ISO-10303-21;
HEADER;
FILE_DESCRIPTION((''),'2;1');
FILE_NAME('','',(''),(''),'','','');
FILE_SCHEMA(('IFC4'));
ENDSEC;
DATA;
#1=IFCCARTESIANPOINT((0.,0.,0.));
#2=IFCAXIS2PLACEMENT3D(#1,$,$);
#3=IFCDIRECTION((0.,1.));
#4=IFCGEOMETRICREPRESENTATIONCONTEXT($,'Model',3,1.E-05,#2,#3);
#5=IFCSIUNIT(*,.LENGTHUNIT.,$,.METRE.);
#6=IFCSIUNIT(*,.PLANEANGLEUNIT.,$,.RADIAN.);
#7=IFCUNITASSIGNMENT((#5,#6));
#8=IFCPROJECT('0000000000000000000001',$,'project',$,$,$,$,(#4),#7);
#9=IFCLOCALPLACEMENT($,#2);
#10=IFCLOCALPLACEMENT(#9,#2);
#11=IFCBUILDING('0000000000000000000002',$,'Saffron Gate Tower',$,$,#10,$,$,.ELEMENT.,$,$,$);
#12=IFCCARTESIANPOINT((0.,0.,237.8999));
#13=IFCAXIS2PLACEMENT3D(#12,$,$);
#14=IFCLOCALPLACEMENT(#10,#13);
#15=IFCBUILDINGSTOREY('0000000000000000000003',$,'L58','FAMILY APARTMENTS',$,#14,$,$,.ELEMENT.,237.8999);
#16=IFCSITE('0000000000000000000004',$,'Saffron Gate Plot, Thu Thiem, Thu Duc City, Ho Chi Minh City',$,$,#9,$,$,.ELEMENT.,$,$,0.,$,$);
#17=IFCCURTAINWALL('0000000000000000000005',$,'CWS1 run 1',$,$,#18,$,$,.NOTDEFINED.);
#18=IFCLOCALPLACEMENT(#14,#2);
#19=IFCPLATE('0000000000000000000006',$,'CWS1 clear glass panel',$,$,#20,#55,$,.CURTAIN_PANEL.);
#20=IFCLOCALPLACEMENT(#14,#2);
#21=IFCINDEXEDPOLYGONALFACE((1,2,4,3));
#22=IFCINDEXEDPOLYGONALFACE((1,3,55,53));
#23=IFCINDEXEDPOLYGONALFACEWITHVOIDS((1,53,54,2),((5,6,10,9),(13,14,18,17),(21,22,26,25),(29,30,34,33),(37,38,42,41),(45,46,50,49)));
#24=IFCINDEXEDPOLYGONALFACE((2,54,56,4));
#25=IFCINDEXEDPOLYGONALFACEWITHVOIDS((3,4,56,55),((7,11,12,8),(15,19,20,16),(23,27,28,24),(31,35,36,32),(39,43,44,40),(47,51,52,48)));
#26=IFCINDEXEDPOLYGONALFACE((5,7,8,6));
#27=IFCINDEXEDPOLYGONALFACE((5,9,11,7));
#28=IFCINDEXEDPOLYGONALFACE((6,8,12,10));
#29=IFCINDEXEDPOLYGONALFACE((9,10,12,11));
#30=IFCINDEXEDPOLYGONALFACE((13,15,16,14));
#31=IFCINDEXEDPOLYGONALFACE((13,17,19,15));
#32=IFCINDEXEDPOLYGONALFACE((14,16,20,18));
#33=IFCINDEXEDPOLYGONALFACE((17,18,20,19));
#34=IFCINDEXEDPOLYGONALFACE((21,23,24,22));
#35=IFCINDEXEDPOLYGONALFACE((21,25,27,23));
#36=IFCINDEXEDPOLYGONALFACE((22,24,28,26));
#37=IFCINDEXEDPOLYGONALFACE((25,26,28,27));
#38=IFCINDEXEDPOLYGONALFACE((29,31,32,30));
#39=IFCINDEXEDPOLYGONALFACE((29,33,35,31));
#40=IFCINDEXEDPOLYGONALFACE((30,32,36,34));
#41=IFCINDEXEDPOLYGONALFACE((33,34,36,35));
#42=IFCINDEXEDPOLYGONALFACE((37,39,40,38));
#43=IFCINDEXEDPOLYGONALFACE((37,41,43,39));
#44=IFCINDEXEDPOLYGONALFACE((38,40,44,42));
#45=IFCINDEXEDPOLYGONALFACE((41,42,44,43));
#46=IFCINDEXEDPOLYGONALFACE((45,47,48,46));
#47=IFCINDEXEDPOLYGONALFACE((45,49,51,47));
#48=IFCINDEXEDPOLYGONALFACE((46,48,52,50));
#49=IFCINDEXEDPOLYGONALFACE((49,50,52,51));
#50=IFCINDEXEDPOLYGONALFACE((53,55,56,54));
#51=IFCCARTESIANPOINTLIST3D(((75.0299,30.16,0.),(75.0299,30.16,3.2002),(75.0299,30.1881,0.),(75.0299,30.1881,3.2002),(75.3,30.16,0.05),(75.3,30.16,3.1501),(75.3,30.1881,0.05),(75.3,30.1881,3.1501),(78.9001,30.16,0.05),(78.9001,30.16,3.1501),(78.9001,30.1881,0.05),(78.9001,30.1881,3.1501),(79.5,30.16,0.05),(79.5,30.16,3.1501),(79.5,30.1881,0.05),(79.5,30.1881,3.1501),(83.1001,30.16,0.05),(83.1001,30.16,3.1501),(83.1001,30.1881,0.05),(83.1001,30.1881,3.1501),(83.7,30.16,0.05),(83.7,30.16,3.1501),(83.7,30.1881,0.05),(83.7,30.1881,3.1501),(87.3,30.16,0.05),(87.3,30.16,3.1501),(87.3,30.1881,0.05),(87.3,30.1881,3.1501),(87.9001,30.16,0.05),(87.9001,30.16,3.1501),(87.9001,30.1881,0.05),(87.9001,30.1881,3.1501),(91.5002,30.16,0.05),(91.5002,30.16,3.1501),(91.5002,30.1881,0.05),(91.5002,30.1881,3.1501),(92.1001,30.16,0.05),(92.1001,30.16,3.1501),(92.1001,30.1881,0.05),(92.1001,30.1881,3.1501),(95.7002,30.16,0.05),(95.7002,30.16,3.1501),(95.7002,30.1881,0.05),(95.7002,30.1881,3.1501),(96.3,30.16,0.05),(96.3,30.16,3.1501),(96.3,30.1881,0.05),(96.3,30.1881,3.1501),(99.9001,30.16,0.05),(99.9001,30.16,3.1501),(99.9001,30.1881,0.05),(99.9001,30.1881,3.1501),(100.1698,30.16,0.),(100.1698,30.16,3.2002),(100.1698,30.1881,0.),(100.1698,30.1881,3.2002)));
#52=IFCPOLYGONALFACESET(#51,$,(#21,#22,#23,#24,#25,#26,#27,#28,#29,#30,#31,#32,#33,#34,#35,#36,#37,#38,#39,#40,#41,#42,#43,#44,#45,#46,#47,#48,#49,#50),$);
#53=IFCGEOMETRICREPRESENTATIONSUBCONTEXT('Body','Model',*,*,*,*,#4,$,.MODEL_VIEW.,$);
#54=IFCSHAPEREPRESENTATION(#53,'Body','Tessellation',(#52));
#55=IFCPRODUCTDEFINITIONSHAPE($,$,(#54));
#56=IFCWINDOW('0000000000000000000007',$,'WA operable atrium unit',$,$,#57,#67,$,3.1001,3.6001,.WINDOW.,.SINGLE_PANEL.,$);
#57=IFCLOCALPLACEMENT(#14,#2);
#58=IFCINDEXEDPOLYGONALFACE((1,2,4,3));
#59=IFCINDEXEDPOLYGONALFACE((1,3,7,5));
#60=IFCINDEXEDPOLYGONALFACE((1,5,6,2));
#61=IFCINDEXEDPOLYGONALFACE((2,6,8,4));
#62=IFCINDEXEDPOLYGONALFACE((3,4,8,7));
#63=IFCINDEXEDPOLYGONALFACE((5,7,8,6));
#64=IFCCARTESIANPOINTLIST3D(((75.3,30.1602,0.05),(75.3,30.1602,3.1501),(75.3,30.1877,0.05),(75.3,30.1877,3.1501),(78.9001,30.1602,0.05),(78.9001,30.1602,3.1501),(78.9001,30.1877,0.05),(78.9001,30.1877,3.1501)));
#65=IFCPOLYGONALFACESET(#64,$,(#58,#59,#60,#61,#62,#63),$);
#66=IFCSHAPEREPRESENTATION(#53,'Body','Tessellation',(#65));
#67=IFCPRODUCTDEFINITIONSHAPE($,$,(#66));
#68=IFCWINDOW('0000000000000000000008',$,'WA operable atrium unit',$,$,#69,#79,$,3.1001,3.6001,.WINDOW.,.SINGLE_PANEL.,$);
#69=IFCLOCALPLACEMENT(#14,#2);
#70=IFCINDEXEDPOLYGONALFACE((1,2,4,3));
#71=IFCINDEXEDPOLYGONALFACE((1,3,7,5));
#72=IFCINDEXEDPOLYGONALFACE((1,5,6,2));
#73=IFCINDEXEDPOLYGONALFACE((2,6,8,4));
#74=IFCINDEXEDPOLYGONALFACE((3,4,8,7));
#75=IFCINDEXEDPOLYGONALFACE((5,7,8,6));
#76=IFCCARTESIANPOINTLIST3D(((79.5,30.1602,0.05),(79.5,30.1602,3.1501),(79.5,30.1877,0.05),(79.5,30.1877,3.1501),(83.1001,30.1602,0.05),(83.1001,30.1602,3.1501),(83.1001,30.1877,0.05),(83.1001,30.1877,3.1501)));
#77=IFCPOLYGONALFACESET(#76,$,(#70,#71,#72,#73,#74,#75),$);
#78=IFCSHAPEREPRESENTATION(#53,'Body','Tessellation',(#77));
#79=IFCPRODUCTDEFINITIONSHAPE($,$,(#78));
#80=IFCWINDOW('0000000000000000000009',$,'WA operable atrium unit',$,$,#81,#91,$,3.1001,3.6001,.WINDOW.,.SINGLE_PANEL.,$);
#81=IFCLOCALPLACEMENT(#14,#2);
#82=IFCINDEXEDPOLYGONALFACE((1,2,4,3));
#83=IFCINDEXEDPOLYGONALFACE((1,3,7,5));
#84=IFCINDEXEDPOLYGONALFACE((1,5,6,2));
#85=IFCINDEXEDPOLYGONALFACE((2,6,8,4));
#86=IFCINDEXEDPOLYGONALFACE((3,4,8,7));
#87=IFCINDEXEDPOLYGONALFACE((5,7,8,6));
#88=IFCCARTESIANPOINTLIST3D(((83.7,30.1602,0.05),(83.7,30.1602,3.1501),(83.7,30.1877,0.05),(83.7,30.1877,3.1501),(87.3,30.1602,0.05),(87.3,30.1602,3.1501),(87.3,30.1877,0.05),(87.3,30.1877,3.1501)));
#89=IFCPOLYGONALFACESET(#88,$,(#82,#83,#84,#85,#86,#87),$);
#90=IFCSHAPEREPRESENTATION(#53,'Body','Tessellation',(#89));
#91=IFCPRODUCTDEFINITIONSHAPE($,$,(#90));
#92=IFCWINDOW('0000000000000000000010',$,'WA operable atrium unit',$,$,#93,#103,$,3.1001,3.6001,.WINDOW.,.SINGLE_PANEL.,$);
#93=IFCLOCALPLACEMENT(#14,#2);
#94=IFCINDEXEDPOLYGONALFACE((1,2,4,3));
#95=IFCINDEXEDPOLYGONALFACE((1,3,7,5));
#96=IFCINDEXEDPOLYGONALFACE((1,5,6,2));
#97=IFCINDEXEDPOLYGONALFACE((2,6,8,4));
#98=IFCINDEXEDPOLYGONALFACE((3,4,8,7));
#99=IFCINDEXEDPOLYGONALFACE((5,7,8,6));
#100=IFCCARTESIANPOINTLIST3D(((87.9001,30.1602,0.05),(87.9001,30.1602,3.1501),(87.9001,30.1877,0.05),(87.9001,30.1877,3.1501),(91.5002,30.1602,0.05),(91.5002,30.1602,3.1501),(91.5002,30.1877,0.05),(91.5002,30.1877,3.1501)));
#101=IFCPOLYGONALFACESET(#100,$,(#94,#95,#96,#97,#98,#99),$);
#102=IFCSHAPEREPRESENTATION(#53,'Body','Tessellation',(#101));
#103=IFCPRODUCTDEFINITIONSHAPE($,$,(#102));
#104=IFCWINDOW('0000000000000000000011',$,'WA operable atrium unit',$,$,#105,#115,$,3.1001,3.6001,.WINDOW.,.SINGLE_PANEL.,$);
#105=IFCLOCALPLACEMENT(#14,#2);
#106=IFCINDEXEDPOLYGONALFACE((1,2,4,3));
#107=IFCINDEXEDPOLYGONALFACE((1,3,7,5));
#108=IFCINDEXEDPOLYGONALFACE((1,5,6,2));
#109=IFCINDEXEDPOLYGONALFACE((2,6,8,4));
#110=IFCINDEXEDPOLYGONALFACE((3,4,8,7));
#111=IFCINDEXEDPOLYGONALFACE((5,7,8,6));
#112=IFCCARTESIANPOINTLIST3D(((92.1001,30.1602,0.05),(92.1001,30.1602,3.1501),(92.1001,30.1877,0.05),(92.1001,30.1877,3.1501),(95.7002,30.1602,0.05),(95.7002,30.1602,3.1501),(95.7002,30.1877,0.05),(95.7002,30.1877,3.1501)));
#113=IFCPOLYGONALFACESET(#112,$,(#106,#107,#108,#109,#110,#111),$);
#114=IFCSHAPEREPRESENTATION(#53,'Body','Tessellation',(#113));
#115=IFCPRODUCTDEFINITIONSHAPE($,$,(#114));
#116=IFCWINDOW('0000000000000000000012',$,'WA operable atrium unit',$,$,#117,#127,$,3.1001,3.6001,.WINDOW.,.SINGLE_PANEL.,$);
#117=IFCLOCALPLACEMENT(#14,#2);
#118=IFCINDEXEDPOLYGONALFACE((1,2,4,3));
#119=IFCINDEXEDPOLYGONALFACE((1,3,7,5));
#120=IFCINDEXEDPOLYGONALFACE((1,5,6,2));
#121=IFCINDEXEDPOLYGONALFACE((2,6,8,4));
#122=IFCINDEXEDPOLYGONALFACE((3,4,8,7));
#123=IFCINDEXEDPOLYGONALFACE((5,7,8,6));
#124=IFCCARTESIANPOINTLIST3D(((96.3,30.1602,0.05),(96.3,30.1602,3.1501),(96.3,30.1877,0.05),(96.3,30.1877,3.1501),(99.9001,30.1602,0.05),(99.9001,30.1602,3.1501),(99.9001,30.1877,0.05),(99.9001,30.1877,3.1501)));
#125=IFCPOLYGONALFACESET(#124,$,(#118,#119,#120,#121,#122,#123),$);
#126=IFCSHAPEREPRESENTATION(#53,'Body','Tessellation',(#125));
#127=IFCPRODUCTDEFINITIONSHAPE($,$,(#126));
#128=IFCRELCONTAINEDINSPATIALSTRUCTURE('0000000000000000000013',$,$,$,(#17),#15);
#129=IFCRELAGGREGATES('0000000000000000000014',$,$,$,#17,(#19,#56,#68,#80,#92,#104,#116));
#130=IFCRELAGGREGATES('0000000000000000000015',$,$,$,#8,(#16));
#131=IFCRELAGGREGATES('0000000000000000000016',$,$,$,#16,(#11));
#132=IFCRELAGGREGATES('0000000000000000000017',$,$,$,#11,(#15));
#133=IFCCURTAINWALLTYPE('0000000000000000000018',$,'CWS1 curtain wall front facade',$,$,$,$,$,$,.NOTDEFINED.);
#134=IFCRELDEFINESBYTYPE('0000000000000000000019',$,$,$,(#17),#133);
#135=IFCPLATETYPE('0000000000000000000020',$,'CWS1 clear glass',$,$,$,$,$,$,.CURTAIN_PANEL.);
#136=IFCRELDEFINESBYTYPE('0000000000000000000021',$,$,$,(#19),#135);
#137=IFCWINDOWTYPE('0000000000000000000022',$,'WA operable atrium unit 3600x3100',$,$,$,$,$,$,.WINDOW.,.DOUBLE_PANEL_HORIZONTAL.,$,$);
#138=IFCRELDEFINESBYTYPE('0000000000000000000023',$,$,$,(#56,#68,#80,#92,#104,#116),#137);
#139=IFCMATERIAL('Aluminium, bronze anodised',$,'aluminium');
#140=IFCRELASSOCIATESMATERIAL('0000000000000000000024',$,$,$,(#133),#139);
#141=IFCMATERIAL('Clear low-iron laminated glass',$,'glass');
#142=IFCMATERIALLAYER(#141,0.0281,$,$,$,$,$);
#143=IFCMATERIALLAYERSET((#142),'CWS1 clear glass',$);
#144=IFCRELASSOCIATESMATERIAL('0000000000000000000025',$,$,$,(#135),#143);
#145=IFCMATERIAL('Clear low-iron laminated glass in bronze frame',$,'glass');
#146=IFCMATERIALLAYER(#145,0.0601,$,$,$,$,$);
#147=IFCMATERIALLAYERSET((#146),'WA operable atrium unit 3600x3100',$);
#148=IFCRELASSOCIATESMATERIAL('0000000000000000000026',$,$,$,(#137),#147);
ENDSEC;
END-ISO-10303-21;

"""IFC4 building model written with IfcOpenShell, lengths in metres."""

from ifc_helpers import new_model, si_unit, direction, frame, frame_2d, origin, place, context, subcontext, project, spatial, rectangle, extrude, material, layer, layer_set, type_object, element, fill, aggregate, save


model = new_model("IFC4")

# Units and contexts
model_context = context("Model", 3, precision=1e-05, world=origin(), true_north=direction((0.0, 1.0)))
body_context = subcontext(model_context, "Body", "Model", "MODEL_VIEW")
ifc_project = project(units=[si_unit("LENGTHUNIT", "METRE"), si_unit("PLANEANGLEUNIT", "RADIAN")], contexts=[model_context])

# Site, building, storey
site_placement = place(None, origin())
site = spatial("IfcSite", under=ifc_project, at=site_placement, Name="Saffron Gate Plot, Thu Thiem, Thu Duc City, Ho Chi Minh City", CompositionType="ELEMENT", RefElevation=0.0)
building_placement = place(site_placement, origin())
building = spatial("IfcBuilding", under=site, at=building_placement, Name="Saffron Gate Tower", CompositionType="ELEMENT")
storey_placement = place(building_placement, frame((0.0, 0.0, 237.8999)))
storey = spatial("IfcBuildingStorey", under=building, at=storey_placement, Name="L58", Description="FAMILY APARTMENTS", CompositionType="ELEMENT", Elevation=237.8999)

# Curtain wall, plate, openings, windows
ifc_material_1 = material(Name="Aluminium, bronze anodised", Category="aluminium")
curtain_wall_type = type_object("IfcCurtainWallType", Name="CWS1 curtain wall front facade", PredefinedType="NOTDEFINED", material=ifc_material_1)
curtain_wall_placement = place(storey_placement, origin())
curtain_wall = element("IfcCurtainWall", 1, at=curtain_wall_placement, inside=storey, type_object=curtain_wall_type, Name="CWS1 run 1", PredefinedType="NOTDEFINED")
ifc_material_2 = material(Name="Clear low-iron laminated glass", Category="glass")
ifc_layer_1 = layer(ifc_material_2, 0.0281)
ifc_layer_set_1 = layer_set([ifc_layer_1], Name="CWS1 clear glass")
plate_type = type_object("IfcPlateType", Name="CWS1 clear glass", PredefinedType="CURTAIN_PANEL", material=ifc_layer_set_1)
plate_placement = place(storey_placement, frame((75.03, 30.1741, 0.0), z_axis=(0.0, 0.0, 1.0), x_axis=(1.0, 0.0, 0.0)))
plate = element("IfcPlate", 2, at=plate_placement, type_object=plate_type, Name="CWS1 clear glass panel", PredefinedType="CURTAIN_PANEL", context=body_context, shape_type="SweptSolid", body=[
    extrude(rectangle(XDim=25.1399, YDim=0.0281, at=frame_2d((12.5698, 0.0))), origin(), (0.0, 0.0, 1.0), 3.2002),
])
opening_1_placement = place(plate_placement, frame((0.27, 0.0, 0.05)))
opening_1 = element("IfcOpeningElement", 3, at=opening_1_placement, cuts=plate, PredefinedType="OPENING", context=body_context, shape_type="SweptSolid", body=[
    extrude(rectangle(XDim=3.6001, YDim=3.1001, at=frame_2d((1.8, 1.55))), frame((0.0, 0.0239, 0.0), z_axis=(0.0, -1.0, 0.0), x_axis=(1.0, 0.0, 0.0)), (0.0, 0.0, 1.0), 0.0481),
])
opening_2_placement = place(plate_placement, frame((4.47, 0.0, 0.05)))
opening_2 = element("IfcOpeningElement", 4, at=opening_2_placement, cuts=plate, PredefinedType="OPENING", context=body_context, shape_type="SweptSolid", body=[
    extrude(rectangle(XDim=3.6001, YDim=3.1001, at=frame_2d((1.8, 1.55))), frame((0.0, 0.0239, 0.0), z_axis=(0.0, -1.0, 0.0), x_axis=(1.0, 0.0, 0.0)), (0.0, 0.0, 1.0), 0.0481),
])
opening_3_placement = place(plate_placement, frame((8.6699, 0.0, 0.05)))
opening_3 = element("IfcOpeningElement", 5, at=opening_3_placement, cuts=plate, PredefinedType="OPENING", context=body_context, shape_type="SweptSolid", body=[
    extrude(rectangle(XDim=3.6001, YDim=3.1001, at=frame_2d((1.8, 1.55))), frame((0.0, 0.0239, 0.0), z_axis=(0.0, -1.0, 0.0), x_axis=(1.0, 0.0, 0.0)), (0.0, 0.0, 1.0), 0.0481),
])
opening_4_placement = place(plate_placement, frame((12.8701, 0.0, 0.05)))
opening_4 = element("IfcOpeningElement", 6, at=opening_4_placement, cuts=plate, PredefinedType="OPENING", context=body_context, shape_type="SweptSolid", body=[
    extrude(rectangle(XDim=3.6001, YDim=3.1001, at=frame_2d((1.8, 1.55))), frame((0.0, 0.0239, 0.0), z_axis=(0.0, -1.0, 0.0), x_axis=(1.0, 0.0, 0.0)), (0.0, 0.0, 1.0), 0.0481),
])
opening_5_placement = place(plate_placement, frame((17.0701, 0.0, 0.05)))
opening_5 = element("IfcOpeningElement", 7, at=opening_5_placement, cuts=plate, PredefinedType="OPENING", context=body_context, shape_type="SweptSolid", body=[
    extrude(rectangle(XDim=3.6001, YDim=3.1001, at=frame_2d((1.8, 1.55))), frame((0.0, 0.0239, 0.0), z_axis=(0.0, -1.0, 0.0), x_axis=(1.0, 0.0, 0.0)), (0.0, 0.0, 1.0), 0.0481),
])
opening_6_placement = place(plate_placement, frame((21.27, 0.0, 0.05)))
opening_6 = element("IfcOpeningElement", 8, at=opening_6_placement, cuts=plate, PredefinedType="OPENING", context=body_context, shape_type="SweptSolid", body=[
    extrude(rectangle(XDim=3.6001, YDim=3.1001, at=frame_2d((1.8, 1.55))), frame((0.0, 0.0239, 0.0), z_axis=(0.0, -1.0, 0.0), x_axis=(1.0, 0.0, 0.0)), (0.0, 0.0, 1.0), 0.0481),
])
ifc_material_3 = material(Name="Clear low-iron laminated glass in bronze frame", Category="glass")
ifc_layer_2 = layer(ifc_material_3, 0.0601)
ifc_layer_set_2 = layer_set([ifc_layer_2], Name="WA operable atrium unit 3600x3100")
window_type = type_object("IfcWindowType", Name="WA operable atrium unit 3600x3100", PartitioningType="DOUBLE_PANEL_HORIZONTAL", PredefinedType="WINDOW", material=ifc_layer_set_2)
window_1_placement = place(opening_1_placement, origin())
window_1 = element("IfcWindow", 9, at=window_1_placement, type_object=window_type, Name="WA operable atrium unit", OverallHeight=3.1001, OverallWidth=3.6001, PartitioningType="SINGLE_PANEL", PredefinedType="WINDOW", context=body_context, shape_type="SweptSolid", body=[
    extrude(rectangle(XDim=3.6001, YDim=3.1001, at=frame_2d((1.8, 1.55))), frame((0.0, 0.0137, 0.0), z_axis=(0.0, -1.0, 0.0), x_axis=(1.0, 0.0, 0.0)), (0.0, 0.0, 1.0), 0.0276),
])
fill(opening_1, window_1)
window_2_placement = place(opening_2_placement, origin())
window_2 = element("IfcWindow", 10, at=window_2_placement, type_object=window_type, Name="WA operable atrium unit", OverallHeight=3.1001, OverallWidth=3.6001, PartitioningType="SINGLE_PANEL", PredefinedType="WINDOW", context=body_context, shape_type="SweptSolid", body=[
    extrude(rectangle(XDim=3.6001, YDim=3.1001, at=frame_2d((1.8, 1.55))), frame((0.0, 0.0137, 0.0), z_axis=(0.0, -1.0, 0.0), x_axis=(1.0, 0.0, 0.0)), (0.0, 0.0, 1.0), 0.0276),
])
fill(opening_2, window_2)
window_3_placement = place(opening_3_placement, origin())
window_3 = element("IfcWindow", 11, at=window_3_placement, type_object=window_type, Name="WA operable atrium unit", OverallHeight=3.1001, OverallWidth=3.6001, PartitioningType="SINGLE_PANEL", PredefinedType="WINDOW", context=body_context, shape_type="SweptSolid", body=[
    extrude(rectangle(XDim=3.6001, YDim=3.1001, at=frame_2d((1.8, 1.55))), frame((0.0, 0.0137, 0.0), z_axis=(0.0, -1.0, 0.0), x_axis=(1.0, 0.0, 0.0)), (0.0, 0.0, 1.0), 0.0276),
])
fill(opening_3, window_3)
window_4_placement = place(opening_4_placement, origin())
window_4 = element("IfcWindow", 12, at=window_4_placement, type_object=window_type, Name="WA operable atrium unit", OverallHeight=3.1001, OverallWidth=3.6001, PartitioningType="SINGLE_PANEL", PredefinedType="WINDOW", context=body_context, shape_type="SweptSolid", body=[
    extrude(rectangle(XDim=3.6001, YDim=3.1001, at=frame_2d((1.8, 1.55))), frame((0.0, 0.0137, 0.0), z_axis=(0.0, -1.0, 0.0), x_axis=(1.0, 0.0, 0.0)), (0.0, 0.0, 1.0), 0.0276),
])
fill(opening_4, window_4)
window_5_placement = place(opening_5_placement, origin())
window_5 = element("IfcWindow", 13, at=window_5_placement, type_object=window_type, Name="WA operable atrium unit", OverallHeight=3.1001, OverallWidth=3.6001, PartitioningType="SINGLE_PANEL", PredefinedType="WINDOW", context=body_context, shape_type="SweptSolid", body=[
    extrude(rectangle(XDim=3.6001, YDim=3.1001, at=frame_2d((1.8, 1.55))), frame((0.0, 0.0137, 0.0), z_axis=(0.0, -1.0, 0.0), x_axis=(1.0, 0.0, 0.0)), (0.0, 0.0, 1.0), 0.0276),
])
fill(opening_5, window_5)
window_6_placement = place(opening_6_placement, origin())
window_6 = element("IfcWindow", 14, at=window_6_placement, type_object=window_type, Name="WA operable atrium unit", OverallHeight=3.1001, OverallWidth=3.6001, PartitioningType="SINGLE_PANEL", PredefinedType="WINDOW", context=body_context, shape_type="SweptSolid", body=[
    extrude(rectangle(XDim=3.6001, YDim=3.1001, at=frame_2d((1.8, 1.55))), frame((0.0, 0.0137, 0.0), z_axis=(0.0, -1.0, 0.0), x_axis=(1.0, 0.0, 0.0)), (0.0, 0.0, 1.0), 0.0276),
])
fill(opening_6, window_6)
aggregate(curtain_wall, [plate, window_1, window_2, window_3, window_4, window_5, window_6])

save(model, "model.ifc")
